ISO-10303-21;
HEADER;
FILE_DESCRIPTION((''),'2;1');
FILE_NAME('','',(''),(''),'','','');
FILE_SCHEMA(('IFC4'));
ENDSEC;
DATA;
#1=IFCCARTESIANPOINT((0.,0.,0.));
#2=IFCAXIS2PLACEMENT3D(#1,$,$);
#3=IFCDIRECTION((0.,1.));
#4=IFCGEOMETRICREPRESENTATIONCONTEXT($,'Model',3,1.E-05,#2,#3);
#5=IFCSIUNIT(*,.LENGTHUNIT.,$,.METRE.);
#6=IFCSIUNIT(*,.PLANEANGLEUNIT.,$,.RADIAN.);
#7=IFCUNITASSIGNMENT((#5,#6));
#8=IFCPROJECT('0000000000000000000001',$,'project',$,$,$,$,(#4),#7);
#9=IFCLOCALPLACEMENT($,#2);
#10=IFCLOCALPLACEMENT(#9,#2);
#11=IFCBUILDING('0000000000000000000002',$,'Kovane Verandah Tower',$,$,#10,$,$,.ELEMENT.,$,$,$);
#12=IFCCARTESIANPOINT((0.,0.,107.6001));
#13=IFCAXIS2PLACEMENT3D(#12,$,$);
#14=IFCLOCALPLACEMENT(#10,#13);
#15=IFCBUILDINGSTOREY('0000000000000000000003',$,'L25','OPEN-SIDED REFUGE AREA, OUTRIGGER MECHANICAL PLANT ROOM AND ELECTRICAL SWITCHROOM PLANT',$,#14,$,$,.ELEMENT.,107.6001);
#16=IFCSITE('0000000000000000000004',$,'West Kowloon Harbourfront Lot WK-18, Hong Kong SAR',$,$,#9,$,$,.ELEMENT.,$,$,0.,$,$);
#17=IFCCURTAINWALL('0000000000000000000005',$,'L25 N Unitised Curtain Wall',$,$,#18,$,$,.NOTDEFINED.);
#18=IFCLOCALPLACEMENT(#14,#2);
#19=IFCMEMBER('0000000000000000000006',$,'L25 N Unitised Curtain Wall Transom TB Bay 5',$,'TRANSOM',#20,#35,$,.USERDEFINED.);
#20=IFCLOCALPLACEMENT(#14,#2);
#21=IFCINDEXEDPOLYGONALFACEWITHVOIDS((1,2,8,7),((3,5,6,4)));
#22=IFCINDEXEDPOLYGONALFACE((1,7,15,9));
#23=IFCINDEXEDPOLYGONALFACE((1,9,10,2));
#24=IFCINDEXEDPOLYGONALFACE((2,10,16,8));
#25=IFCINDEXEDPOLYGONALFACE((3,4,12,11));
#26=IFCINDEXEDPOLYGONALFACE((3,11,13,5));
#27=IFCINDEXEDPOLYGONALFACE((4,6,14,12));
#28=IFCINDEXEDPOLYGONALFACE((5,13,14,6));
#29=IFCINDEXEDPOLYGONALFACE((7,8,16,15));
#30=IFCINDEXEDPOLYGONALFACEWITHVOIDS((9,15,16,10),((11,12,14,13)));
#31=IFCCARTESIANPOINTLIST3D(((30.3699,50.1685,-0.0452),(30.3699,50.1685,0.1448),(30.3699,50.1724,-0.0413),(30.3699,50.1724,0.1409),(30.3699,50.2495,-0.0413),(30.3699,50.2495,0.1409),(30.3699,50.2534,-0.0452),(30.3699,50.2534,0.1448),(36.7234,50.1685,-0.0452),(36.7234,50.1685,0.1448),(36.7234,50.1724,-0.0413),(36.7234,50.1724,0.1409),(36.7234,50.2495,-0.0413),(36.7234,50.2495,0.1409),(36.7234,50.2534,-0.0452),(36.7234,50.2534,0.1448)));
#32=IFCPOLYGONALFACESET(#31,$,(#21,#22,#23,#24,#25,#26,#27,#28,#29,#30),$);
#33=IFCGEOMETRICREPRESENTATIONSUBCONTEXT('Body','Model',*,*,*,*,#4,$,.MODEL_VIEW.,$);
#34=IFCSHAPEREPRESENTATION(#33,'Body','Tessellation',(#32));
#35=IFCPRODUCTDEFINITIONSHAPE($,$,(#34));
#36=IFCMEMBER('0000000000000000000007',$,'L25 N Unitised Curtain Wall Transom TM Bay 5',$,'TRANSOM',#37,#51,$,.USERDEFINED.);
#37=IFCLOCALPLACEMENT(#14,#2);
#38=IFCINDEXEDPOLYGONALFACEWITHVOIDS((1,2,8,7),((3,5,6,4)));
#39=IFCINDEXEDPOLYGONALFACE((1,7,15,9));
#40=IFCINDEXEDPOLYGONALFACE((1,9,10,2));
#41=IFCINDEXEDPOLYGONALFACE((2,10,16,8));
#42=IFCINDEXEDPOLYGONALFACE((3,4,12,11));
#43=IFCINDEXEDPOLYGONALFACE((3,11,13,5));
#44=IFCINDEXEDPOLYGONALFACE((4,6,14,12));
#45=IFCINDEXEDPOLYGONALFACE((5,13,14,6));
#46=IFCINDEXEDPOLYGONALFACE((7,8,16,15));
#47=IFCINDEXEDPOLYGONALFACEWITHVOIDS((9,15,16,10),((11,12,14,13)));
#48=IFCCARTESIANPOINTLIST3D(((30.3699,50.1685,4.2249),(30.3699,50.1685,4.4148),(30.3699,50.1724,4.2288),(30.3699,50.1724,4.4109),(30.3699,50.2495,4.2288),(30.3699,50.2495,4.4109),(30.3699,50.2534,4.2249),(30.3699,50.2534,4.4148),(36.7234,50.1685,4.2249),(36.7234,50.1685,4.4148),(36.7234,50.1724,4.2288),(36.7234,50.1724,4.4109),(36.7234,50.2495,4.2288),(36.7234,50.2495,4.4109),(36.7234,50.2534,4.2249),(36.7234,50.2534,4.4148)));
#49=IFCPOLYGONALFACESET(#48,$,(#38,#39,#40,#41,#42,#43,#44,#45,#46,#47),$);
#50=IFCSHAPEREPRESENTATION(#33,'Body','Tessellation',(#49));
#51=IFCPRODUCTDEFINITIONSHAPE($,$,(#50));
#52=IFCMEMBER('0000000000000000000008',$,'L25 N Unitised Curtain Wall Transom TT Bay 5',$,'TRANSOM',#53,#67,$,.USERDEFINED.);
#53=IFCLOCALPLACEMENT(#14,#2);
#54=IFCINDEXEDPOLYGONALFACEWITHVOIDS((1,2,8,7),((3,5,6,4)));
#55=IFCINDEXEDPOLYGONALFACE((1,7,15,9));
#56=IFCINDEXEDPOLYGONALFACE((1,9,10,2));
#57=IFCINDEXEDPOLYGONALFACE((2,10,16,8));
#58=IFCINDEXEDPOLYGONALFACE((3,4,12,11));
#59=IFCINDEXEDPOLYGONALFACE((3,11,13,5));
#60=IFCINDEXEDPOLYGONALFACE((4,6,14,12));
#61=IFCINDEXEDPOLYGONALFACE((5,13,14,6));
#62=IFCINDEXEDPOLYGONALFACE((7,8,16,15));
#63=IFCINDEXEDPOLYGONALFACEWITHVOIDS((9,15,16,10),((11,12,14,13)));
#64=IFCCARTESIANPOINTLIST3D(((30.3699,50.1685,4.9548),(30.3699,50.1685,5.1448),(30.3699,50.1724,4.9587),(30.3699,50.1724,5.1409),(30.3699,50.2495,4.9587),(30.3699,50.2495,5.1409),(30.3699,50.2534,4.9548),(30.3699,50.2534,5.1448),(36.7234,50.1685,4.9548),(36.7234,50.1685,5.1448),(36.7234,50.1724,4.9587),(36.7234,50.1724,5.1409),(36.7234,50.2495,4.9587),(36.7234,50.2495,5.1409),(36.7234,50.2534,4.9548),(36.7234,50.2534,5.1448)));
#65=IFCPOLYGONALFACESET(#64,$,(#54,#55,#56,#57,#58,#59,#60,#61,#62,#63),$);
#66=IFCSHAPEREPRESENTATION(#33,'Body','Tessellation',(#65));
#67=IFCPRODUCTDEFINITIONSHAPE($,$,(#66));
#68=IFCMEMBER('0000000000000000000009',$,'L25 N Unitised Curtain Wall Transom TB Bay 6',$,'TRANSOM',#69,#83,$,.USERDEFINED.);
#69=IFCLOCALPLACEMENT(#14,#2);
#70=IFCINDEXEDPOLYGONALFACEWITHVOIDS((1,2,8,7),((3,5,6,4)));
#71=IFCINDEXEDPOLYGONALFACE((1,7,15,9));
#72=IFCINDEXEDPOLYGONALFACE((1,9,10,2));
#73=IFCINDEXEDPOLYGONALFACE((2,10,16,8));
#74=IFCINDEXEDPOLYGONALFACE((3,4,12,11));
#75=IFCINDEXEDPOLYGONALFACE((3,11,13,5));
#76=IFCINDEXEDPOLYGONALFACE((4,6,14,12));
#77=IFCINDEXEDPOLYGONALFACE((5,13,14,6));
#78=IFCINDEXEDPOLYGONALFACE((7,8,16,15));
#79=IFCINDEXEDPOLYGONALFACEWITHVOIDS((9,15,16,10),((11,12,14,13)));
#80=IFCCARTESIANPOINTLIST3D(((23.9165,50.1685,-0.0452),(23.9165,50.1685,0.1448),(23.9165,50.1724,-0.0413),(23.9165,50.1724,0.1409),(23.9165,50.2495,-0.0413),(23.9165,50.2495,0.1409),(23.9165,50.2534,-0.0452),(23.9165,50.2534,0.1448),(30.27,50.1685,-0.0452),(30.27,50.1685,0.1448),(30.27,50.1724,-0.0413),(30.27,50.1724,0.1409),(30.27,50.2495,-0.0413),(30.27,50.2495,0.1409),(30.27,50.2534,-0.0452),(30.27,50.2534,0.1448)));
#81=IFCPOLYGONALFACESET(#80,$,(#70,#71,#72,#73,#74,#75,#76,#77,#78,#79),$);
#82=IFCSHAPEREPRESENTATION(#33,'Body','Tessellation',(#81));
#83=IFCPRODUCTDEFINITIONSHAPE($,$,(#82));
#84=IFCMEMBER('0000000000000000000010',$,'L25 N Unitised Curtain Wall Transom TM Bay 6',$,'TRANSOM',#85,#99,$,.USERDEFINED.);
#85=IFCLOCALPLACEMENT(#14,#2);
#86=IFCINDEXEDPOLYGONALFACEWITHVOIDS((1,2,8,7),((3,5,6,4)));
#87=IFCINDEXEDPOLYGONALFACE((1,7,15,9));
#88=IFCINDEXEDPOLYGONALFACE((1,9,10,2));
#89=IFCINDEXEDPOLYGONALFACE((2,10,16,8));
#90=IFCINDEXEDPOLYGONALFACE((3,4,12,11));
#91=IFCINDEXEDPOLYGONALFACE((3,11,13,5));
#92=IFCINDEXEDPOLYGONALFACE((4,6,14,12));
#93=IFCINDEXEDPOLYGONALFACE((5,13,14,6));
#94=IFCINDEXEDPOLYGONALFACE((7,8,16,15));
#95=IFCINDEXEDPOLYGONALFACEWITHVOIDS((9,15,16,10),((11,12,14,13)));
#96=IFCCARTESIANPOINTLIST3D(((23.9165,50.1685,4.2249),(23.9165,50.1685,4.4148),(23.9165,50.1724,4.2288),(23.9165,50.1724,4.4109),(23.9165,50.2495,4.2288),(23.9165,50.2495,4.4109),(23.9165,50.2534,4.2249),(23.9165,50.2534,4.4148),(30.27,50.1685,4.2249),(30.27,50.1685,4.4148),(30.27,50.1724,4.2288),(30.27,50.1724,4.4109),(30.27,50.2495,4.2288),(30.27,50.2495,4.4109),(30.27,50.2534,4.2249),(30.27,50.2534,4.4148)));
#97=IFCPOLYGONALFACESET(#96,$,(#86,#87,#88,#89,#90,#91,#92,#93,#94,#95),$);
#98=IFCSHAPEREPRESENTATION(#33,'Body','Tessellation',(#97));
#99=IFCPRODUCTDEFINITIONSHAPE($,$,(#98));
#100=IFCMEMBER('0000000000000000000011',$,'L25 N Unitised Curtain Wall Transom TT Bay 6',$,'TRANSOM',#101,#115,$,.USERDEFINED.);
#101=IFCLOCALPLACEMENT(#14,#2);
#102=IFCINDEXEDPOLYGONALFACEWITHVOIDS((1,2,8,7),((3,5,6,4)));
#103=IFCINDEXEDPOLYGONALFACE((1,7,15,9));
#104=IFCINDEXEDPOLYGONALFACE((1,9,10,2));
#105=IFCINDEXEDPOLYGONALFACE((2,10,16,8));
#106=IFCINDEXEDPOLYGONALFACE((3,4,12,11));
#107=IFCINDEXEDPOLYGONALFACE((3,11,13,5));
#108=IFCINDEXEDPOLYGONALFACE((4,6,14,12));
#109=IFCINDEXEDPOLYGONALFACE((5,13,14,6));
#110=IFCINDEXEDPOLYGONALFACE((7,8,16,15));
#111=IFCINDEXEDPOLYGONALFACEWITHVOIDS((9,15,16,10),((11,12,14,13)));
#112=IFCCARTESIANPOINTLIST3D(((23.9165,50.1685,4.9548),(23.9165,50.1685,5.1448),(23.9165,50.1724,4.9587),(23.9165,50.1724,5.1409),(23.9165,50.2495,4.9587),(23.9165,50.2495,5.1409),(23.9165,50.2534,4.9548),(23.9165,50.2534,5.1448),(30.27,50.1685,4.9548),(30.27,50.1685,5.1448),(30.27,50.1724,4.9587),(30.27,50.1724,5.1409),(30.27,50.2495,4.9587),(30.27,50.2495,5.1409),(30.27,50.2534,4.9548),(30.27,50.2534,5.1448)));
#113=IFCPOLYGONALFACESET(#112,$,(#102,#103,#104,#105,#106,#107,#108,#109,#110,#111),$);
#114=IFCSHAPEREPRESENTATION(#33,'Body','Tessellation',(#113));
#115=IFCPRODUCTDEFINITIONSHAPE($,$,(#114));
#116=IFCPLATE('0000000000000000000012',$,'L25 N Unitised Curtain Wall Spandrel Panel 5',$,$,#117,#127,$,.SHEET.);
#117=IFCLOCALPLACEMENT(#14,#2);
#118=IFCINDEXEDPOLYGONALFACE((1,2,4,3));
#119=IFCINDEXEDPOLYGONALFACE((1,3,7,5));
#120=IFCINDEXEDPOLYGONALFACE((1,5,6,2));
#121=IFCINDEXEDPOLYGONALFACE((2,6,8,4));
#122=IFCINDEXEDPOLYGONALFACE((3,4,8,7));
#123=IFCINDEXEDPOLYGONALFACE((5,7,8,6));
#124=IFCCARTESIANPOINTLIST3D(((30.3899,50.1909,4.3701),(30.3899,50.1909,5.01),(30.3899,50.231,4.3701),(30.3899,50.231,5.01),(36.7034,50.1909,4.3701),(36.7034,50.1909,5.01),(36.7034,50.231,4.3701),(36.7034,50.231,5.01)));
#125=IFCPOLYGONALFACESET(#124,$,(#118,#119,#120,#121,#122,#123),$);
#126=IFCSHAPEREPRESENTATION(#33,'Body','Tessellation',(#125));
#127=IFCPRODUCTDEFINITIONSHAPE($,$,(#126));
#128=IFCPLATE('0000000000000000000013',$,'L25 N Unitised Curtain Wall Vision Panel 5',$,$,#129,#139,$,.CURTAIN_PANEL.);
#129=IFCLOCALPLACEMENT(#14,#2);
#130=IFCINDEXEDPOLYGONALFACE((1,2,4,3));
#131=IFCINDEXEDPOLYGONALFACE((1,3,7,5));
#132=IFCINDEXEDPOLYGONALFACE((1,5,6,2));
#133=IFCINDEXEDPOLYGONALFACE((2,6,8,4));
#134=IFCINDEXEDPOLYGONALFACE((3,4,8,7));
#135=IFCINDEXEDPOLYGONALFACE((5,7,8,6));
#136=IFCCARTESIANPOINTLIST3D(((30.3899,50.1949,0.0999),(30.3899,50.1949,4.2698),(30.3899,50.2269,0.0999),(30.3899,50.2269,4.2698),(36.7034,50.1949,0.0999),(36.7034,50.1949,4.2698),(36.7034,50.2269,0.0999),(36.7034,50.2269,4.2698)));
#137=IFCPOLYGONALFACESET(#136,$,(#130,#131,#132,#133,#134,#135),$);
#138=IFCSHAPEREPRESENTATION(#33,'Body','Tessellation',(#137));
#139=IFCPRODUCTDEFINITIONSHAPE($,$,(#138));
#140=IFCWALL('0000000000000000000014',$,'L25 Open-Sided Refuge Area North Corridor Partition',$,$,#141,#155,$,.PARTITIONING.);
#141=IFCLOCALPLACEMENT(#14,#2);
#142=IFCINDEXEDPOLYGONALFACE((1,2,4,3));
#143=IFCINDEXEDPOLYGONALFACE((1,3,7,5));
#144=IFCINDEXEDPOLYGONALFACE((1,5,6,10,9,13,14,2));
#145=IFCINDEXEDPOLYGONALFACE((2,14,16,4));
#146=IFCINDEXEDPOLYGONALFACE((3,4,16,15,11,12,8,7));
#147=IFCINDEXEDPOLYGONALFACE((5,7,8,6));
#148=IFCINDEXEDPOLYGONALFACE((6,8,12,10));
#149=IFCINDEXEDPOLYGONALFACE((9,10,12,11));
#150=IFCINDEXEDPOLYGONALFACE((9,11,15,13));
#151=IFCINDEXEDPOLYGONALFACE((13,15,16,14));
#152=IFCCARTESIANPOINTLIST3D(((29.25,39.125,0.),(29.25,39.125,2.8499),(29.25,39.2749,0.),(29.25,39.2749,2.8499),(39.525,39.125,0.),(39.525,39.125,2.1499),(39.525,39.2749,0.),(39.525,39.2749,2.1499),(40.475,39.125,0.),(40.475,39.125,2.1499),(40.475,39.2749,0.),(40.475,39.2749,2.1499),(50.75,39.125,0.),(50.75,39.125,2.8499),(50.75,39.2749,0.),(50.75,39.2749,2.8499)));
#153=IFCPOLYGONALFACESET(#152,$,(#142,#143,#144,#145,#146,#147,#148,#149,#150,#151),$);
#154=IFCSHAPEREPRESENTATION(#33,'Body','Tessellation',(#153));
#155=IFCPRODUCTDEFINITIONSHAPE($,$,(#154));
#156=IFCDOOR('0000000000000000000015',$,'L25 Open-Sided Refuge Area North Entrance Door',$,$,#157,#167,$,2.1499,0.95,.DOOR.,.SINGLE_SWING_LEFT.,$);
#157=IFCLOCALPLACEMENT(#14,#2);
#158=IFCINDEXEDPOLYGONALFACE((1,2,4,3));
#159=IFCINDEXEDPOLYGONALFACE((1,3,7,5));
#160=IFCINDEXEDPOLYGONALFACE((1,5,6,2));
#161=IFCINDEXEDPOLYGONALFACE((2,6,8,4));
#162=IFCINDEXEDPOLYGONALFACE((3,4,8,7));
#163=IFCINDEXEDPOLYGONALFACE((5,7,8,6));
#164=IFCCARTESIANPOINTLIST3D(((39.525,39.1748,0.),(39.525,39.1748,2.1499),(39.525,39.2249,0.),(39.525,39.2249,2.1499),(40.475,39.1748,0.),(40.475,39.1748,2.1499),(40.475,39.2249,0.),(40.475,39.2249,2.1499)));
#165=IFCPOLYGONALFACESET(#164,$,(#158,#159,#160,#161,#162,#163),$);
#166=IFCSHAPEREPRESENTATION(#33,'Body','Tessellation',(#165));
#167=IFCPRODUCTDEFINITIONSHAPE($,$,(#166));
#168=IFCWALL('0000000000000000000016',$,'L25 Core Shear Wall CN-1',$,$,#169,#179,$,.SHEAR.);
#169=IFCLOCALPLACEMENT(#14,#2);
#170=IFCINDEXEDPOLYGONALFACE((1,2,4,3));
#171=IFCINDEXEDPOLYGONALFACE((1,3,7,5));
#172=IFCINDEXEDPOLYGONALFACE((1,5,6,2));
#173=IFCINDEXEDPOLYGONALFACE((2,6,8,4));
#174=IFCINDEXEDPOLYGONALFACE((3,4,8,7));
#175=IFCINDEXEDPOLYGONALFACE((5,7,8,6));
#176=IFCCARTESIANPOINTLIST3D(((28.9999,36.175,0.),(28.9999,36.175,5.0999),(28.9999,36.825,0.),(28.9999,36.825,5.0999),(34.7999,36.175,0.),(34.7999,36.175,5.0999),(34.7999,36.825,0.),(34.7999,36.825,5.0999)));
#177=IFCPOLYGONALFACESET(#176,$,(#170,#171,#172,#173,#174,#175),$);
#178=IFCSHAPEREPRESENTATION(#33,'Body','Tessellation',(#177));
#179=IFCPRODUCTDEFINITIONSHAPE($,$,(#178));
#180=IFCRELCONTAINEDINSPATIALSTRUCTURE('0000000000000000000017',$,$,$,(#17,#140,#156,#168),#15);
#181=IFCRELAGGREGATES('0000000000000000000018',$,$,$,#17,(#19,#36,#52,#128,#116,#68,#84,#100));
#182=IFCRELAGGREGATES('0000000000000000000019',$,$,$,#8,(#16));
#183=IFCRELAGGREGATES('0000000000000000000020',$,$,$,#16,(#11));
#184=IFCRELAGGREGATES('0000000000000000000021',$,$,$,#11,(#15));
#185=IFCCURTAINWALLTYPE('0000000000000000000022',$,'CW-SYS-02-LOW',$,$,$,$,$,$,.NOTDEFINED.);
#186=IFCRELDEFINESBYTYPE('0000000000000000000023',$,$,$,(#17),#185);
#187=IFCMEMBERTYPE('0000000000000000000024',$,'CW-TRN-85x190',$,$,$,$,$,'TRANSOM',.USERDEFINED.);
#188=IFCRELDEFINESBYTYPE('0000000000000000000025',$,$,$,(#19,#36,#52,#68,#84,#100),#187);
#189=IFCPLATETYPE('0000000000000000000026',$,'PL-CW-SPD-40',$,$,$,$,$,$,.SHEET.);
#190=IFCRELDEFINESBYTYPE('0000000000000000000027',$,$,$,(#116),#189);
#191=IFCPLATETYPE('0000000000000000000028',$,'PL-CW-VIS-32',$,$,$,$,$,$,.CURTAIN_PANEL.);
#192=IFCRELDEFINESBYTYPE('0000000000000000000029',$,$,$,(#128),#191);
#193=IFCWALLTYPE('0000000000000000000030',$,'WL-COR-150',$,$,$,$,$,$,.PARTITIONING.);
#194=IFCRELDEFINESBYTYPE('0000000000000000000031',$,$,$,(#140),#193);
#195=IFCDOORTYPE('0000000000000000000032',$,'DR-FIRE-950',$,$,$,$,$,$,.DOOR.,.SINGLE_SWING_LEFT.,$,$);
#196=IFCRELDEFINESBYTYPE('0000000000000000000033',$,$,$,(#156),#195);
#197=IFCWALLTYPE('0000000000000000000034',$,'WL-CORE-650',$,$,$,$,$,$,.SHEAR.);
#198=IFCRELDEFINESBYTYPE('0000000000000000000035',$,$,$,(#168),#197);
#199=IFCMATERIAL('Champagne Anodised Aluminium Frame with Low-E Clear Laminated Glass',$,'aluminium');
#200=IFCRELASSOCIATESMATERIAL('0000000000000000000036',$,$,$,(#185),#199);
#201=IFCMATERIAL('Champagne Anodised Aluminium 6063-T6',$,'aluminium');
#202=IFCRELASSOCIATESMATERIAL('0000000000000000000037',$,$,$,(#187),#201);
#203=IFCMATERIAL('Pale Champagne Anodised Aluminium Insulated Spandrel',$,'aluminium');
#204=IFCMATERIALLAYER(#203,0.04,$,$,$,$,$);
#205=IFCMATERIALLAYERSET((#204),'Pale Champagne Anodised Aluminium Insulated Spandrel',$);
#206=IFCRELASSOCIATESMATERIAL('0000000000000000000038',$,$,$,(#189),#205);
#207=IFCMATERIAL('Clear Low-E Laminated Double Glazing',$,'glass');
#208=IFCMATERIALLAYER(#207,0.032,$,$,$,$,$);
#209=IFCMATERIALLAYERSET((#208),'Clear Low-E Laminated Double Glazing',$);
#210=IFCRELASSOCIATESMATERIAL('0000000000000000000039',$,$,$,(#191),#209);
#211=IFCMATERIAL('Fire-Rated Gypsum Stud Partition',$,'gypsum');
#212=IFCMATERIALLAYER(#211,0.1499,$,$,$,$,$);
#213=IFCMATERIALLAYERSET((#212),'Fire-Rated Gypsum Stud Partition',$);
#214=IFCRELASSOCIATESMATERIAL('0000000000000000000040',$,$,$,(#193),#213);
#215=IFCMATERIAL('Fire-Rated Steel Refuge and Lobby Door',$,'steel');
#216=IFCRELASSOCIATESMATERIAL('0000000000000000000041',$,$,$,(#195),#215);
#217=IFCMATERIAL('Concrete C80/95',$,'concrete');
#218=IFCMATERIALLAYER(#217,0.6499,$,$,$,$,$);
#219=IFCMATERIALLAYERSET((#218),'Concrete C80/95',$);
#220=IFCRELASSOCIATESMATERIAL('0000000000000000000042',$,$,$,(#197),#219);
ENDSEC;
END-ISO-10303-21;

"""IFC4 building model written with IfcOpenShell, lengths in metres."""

from ifc_helpers import new_model, si_unit, direction, frame, frame_2d, origin, origin_2d, place, context, subcontext, project, spatial, rectangle, hollow_rectangle, extrude, material, layer, layer_set, material_profile, profile_set, type_object, element, fill, aggregate, save


model = new_model("IFC4")

# Units and contexts
model_context = context("Model", 3, precision=1e-05, world=origin(), true_north=direction((0.0, 1.0)))
body_context = subcontext(model_context, "Body", "Model", "MODEL_VIEW")
ifc_project = project(units=[si_unit("LENGTHUNIT", "METRE"), si_unit("PLANEANGLEUNIT", "RADIAN")], contexts=[model_context])

# Site, building, storey
site_placement = place(None, origin())
site = spatial("IfcSite", under=ifc_project, at=site_placement, Name="West Kowloon Harbourfront Lot WK-18, Hong Kong SAR", CompositionType="ELEMENT", RefElevation=0.0)
building_placement = place(site_placement, origin())
building = spatial("IfcBuilding", under=site, at=building_placement, Name="Kovane Verandah Tower", CompositionType="ELEMENT")
storey_placement = place(building_placement, frame((0.0, 0.0, 107.6001)))
storey = spatial("IfcBuildingStorey", under=building, at=storey_placement, Name="L25", Description="OPEN-SIDED REFUGE AREA, OUTRIGGER MECHANICAL PLANT ROOM AND ELECTRICAL SWITCHROOM PLANT", CompositionType="ELEMENT", Elevation=107.6001)

# Shared definitions
ifc_material_1 = material(Name="Concrete C80/95", Category="concrete")

# Curtain wall, members, plates
ifc_material_2 = material(Name="Champagne Anodised Aluminium Frame with Low-E Clear Laminated Glass", Category="aluminium")
curtain_wall_type = type_object("IfcCurtainWallType", Name="CW-SYS-02-LOW", PredefinedType="NOTDEFINED", material=ifc_material_2)
curtain_wall_placement = place(storey_placement, origin())
curtain_wall = element("IfcCurtainWall", 1, at=curtain_wall_placement, inside=storey, type_object=curtain_wall_type, Name="L25 N Unitised Curtain Wall", PredefinedType="NOTDEFINED")
ifc_material_3 = material(Name="Champagne Anodised Aluminium 6063-T6", Category="aluminium")
ifc_material_profile_1 = material_profile(ifc_material_3, hollow_rectangle(XDim=0.085, YDim=0.1899, WallThickness=0.0039, at=origin_2d()), Name="AL85x190x4")
ifc_profile_set_1 = profile_set([ifc_material_profile_1], Name="Champagne Anodised Aluminium 6063-T6")
member_type_1 = type_object("IfcMemberType", Name="CW-TRN-85x190", ElementType="TRANSOM", PredefinedType="USERDEFINED", material=ifc_profile_set_1)
member_1_placement = place(storey_placement, frame((36.7234, 50.2109, 0.0498), z_axis=(-1.0, 0.0, 0.0), x_axis=(0.0, -1.0, 0.0)))
member_1 = element("IfcMember", 2, at=member_1_placement, type_object=member_type_1, Name="L25 N Unitised Curtain Wall Transom TB Bay 5", ObjectType="TRANSOM", PredefinedType="USERDEFINED", context=body_context, shape_type="SweptSolid", body=[
    extrude(hollow_rectangle(XDim=0.085, YDim=0.1899, WallThickness=0.0039, at=origin_2d()), origin(), (0.0, 0.0, 1.0), 6.3535),
])
member_2_placement = place(storey_placement, frame((36.7234, 50.2109, 4.3198), z_axis=(-1.0, 0.0, 0.0), x_axis=(0.0, -1.0, 0.0)))
member_2 = element("IfcMember", 3, at=member_2_placement, type_object=member_type_1, Name="L25 N Unitised Curtain Wall Transom TM Bay 5", ObjectType="TRANSOM", PredefinedType="USERDEFINED", context=body_context, shape_type="SweptSolid", body=[
    extrude(hollow_rectangle(XDim=0.085, YDim=0.1899, WallThickness=0.0039, at=origin_2d()), origin(), (0.0, 0.0, 1.0), 6.3535),
])
member_3_placement = place(storey_placement, frame((36.7234, 50.2109, 5.0498), z_axis=(-1.0, 0.0, 0.0), x_axis=(0.0, -1.0, 0.0)))
member_3 = element("IfcMember", 4, at=member_3_placement, type_object=member_type_1, Name="L25 N Unitised Curtain Wall Transom TT Bay 5", ObjectType="TRANSOM", PredefinedType="USERDEFINED", context=body_context, shape_type="SweptSolid", body=[
    extrude(hollow_rectangle(XDim=0.085, YDim=0.1899, WallThickness=0.0039, at=origin_2d()), origin(), (0.0, 0.0, 1.0), 6.3535),
])
member_4_placement = place(storey_placement, frame((30.27, 50.2109, 0.0498), z_axis=(-1.0, 0.0, 0.0), x_axis=(0.0, -1.0, 0.0)))
member_4 = element("IfcMember", 5, at=member_4_placement, type_object=member_type_1, Name="L25 N Unitised Curtain Wall Transom TB Bay 6", ObjectType="TRANSOM", PredefinedType="USERDEFINED", context=body_context, shape_type="SweptSolid", body=[
    extrude(hollow_rectangle(XDim=0.085, YDim=0.1899, WallThickness=0.0039, at=origin_2d()), origin(), (0.0, 0.0, 1.0), 6.3535),
])
member_5_placement = place(storey_placement, frame((30.27, 50.2109, 4.3198), z_axis=(-1.0, 0.0, 0.0), x_axis=(0.0, -1.0, 0.0)))
member_5 = element("IfcMember", 6, at=member_5_placement, type_object=member_type_1, Name="L25 N Unitised Curtain Wall Transom TM Bay 6", ObjectType="TRANSOM", PredefinedType="USERDEFINED", context=body_context, shape_type="SweptSolid", body=[
    extrude(hollow_rectangle(XDim=0.085, YDim=0.1899, WallThickness=0.0039, at=origin_2d()), origin(), (0.0, 0.0, 1.0), 6.3535),
])
member_6_placement = place(storey_placement, frame((30.27, 50.2109, 5.0498), z_axis=(-1.0, 0.0, 0.0), x_axis=(0.0, -1.0, 0.0)))
member_6 = element("IfcMember", 7, at=member_6_placement, type_object=member_type_1, Name="L25 N Unitised Curtain Wall Transom TT Bay 6", ObjectType="TRANSOM", PredefinedType="USERDEFINED", context=body_context, shape_type="SweptSolid", body=[
    extrude(hollow_rectangle(XDim=0.085, YDim=0.1899, WallThickness=0.0039, at=origin_2d()), origin(), (0.0, 0.0, 1.0), 6.3535),
])
ifc_material_4 = material(Name="Pale Champagne Anodised Aluminium Insulated Spandrel", Category="aluminium")
ifc_layer_1 = layer(ifc_material_4, 0.04)
ifc_layer_set_1 = layer_set([ifc_layer_1], Name="Pale Champagne Anodised Aluminium Insulated Spandrel")
plate_type_1 = type_object("IfcPlateType", Name="PL-CW-SPD-40", PredefinedType="SHEET", material=ifc_layer_set_1)
plate_1_placement = place(storey_placement, frame((33.5466, 50.2109, 4.3701), z_axis=(0.0, 0.0, 1.0), x_axis=(-1.0, 0.0, 0.0)))
plate_1 = element("IfcPlate", 8, at=plate_1_placement, type_object=plate_type_1, Name="L25 N Unitised Curtain Wall Spandrel Panel 5", PredefinedType="SHEET", context=body_context, shape_type="SweptSolid", body=[
    extrude(rectangle(XDim=6.3135, YDim=0.04, at=origin_2d()), origin(), (0.0, 0.0, 1.0), 0.6399),
])
ifc_material_5 = material(Name="Clear Low-E Laminated Double Glazing", Category="glass")
ifc_layer_2 = layer(ifc_material_5, 0.032)
ifc_layer_set_2 = layer_set([ifc_layer_2], Name="Clear Low-E Laminated Double Glazing")
plate_type_2 = type_object("IfcPlateType", Name="PL-CW-VIS-32", PredefinedType="CURTAIN_PANEL", material=ifc_layer_set_2)
plate_2_placement = place(storey_placement, frame((33.5466, 50.2109, 0.0999), z_axis=(0.0, 0.0, 1.0), x_axis=(-1.0, 0.0, 0.0)))
plate_2 = element("IfcPlate", 9, at=plate_2_placement, type_object=plate_type_2, Name="L25 N Unitised Curtain Wall Vision Panel 5", PredefinedType="CURTAIN_PANEL", context=body_context, shape_type="SweptSolid", body=[
    extrude(rectangle(XDim=6.3135, YDim=0.032, at=origin_2d()), origin(), (0.0, 0.0, 1.0), 4.1699),
])
aggregate(curtain_wall, [member_1, member_2, member_3, plate_2, plate_1, member_4, member_5, member_6])

# Wall, opening, door
ifc_material_6 = material(Name="Fire-Rated Gypsum Stud Partition", Category="gypsum")
ifc_layer_3 = layer(ifc_material_6, 0.1499)
ifc_layer_set_3 = layer_set([ifc_layer_3], Name="Fire-Rated Gypsum Stud Partition")
wall_type_1 = type_object("IfcWallType", Name="WL-COR-150", PredefinedType="PARTITIONING", material=ifc_layer_set_3)
ifc_material_7 = material(Name="Fire-Rated Steel Refuge and Lobby Door", Category="steel")
door_type_1 = type_object("IfcDoorType", Name="DR-FIRE-950", OperationType="SINGLE_SWING_LEFT", PredefinedType="DOOR", material=ifc_material_7)
wall_1_placement = place(storey_placement, frame((29.25, 39.2, 0.0), z_axis=(0.0, 0.0, 1.0), x_axis=(1.0, 0.0, 0.0)))
wall_1 = element("IfcWall", 10, at=wall_1_placement, inside=storey, type_object=wall_type_1, Name="L25 Open-Sided Refuge Area North Corridor Partition", PredefinedType="PARTITIONING", context=body_context, shape_type="SweptSolid", body=[
    extrude(rectangle(XDim=21.5, YDim=0.1499, at=frame_2d((10.75, 0.0))), origin(), (0.0, 0.0, 1.0), 2.8499),
])
opening_1_placement = place(wall_1_placement, frame((10.2749, 0.0, 0.0)))
opening_1 = element("IfcOpeningElement", 11, at=opening_1_placement, cuts=wall_1, PredefinedType="OPENING", context=body_context, shape_type="SweptSolid", body=[
    extrude(rectangle(XDim=0.95, YDim=2.1499, at=frame_2d((0.4751, 1.075))), frame((0.0, 0.075, 0.0), z_axis=(0.0, -1.0, 0.0), x_axis=(1.0, 0.0, 0.0)), (0.0, 0.0, 1.0), 0.1499),
])
door_1_placement = place(opening_1_placement, origin())
door_1 = element("IfcDoor", 12, at=door_1_placement, inside=storey, type_object=door_type_1, Name="L25 Open-Sided Refuge Area North Entrance Door", OperationType="SINGLE_SWING_LEFT", OverallHeight=2.1499, OverallWidth=0.95, PredefinedType="DOOR", context=body_context, shape_type="SweptSolid", body=[
    extrude(rectangle(XDim=0.95, YDim=2.1499, at=frame_2d((0.4751, 1.075))), frame((0.0, 0.0249, 0.0), z_axis=(0.0, -1.0, 0.0), x_axis=(1.0, 0.0, 0.0)), (0.0, 0.0, 1.0), 0.05),
])
fill(opening_1, door_1)

# Wall
ifc_layer_4 = layer(ifc_material_1, 0.6499)
ifc_layer_set_4 = layer_set([ifc_layer_4], Name="Concrete C80/95")
wall_type_2 = type_object("IfcWallType", Name="WL-CORE-650", PredefinedType="SHEAR", material=ifc_layer_set_4)
wall_2_placement = place(storey_placement, frame((29.0, 36.5, 0.0), z_axis=(0.0, 0.0, 1.0), x_axis=(1.0, 0.0, 0.0)))
element("IfcWall", 13, at=wall_2_placement, inside=storey, type_object=wall_type_2, Name="L25 Core Shear Wall CN-1", PredefinedType="SHEAR", context=body_context, shape_type="SweptSolid", body=[
    extrude(rectangle(XDim=5.8, YDim=0.6499, at=frame_2d((2.8999, 0.0))), origin(), (0.0, 0.0, 1.0), 5.0999),
])

save(model, "model.ifc")
